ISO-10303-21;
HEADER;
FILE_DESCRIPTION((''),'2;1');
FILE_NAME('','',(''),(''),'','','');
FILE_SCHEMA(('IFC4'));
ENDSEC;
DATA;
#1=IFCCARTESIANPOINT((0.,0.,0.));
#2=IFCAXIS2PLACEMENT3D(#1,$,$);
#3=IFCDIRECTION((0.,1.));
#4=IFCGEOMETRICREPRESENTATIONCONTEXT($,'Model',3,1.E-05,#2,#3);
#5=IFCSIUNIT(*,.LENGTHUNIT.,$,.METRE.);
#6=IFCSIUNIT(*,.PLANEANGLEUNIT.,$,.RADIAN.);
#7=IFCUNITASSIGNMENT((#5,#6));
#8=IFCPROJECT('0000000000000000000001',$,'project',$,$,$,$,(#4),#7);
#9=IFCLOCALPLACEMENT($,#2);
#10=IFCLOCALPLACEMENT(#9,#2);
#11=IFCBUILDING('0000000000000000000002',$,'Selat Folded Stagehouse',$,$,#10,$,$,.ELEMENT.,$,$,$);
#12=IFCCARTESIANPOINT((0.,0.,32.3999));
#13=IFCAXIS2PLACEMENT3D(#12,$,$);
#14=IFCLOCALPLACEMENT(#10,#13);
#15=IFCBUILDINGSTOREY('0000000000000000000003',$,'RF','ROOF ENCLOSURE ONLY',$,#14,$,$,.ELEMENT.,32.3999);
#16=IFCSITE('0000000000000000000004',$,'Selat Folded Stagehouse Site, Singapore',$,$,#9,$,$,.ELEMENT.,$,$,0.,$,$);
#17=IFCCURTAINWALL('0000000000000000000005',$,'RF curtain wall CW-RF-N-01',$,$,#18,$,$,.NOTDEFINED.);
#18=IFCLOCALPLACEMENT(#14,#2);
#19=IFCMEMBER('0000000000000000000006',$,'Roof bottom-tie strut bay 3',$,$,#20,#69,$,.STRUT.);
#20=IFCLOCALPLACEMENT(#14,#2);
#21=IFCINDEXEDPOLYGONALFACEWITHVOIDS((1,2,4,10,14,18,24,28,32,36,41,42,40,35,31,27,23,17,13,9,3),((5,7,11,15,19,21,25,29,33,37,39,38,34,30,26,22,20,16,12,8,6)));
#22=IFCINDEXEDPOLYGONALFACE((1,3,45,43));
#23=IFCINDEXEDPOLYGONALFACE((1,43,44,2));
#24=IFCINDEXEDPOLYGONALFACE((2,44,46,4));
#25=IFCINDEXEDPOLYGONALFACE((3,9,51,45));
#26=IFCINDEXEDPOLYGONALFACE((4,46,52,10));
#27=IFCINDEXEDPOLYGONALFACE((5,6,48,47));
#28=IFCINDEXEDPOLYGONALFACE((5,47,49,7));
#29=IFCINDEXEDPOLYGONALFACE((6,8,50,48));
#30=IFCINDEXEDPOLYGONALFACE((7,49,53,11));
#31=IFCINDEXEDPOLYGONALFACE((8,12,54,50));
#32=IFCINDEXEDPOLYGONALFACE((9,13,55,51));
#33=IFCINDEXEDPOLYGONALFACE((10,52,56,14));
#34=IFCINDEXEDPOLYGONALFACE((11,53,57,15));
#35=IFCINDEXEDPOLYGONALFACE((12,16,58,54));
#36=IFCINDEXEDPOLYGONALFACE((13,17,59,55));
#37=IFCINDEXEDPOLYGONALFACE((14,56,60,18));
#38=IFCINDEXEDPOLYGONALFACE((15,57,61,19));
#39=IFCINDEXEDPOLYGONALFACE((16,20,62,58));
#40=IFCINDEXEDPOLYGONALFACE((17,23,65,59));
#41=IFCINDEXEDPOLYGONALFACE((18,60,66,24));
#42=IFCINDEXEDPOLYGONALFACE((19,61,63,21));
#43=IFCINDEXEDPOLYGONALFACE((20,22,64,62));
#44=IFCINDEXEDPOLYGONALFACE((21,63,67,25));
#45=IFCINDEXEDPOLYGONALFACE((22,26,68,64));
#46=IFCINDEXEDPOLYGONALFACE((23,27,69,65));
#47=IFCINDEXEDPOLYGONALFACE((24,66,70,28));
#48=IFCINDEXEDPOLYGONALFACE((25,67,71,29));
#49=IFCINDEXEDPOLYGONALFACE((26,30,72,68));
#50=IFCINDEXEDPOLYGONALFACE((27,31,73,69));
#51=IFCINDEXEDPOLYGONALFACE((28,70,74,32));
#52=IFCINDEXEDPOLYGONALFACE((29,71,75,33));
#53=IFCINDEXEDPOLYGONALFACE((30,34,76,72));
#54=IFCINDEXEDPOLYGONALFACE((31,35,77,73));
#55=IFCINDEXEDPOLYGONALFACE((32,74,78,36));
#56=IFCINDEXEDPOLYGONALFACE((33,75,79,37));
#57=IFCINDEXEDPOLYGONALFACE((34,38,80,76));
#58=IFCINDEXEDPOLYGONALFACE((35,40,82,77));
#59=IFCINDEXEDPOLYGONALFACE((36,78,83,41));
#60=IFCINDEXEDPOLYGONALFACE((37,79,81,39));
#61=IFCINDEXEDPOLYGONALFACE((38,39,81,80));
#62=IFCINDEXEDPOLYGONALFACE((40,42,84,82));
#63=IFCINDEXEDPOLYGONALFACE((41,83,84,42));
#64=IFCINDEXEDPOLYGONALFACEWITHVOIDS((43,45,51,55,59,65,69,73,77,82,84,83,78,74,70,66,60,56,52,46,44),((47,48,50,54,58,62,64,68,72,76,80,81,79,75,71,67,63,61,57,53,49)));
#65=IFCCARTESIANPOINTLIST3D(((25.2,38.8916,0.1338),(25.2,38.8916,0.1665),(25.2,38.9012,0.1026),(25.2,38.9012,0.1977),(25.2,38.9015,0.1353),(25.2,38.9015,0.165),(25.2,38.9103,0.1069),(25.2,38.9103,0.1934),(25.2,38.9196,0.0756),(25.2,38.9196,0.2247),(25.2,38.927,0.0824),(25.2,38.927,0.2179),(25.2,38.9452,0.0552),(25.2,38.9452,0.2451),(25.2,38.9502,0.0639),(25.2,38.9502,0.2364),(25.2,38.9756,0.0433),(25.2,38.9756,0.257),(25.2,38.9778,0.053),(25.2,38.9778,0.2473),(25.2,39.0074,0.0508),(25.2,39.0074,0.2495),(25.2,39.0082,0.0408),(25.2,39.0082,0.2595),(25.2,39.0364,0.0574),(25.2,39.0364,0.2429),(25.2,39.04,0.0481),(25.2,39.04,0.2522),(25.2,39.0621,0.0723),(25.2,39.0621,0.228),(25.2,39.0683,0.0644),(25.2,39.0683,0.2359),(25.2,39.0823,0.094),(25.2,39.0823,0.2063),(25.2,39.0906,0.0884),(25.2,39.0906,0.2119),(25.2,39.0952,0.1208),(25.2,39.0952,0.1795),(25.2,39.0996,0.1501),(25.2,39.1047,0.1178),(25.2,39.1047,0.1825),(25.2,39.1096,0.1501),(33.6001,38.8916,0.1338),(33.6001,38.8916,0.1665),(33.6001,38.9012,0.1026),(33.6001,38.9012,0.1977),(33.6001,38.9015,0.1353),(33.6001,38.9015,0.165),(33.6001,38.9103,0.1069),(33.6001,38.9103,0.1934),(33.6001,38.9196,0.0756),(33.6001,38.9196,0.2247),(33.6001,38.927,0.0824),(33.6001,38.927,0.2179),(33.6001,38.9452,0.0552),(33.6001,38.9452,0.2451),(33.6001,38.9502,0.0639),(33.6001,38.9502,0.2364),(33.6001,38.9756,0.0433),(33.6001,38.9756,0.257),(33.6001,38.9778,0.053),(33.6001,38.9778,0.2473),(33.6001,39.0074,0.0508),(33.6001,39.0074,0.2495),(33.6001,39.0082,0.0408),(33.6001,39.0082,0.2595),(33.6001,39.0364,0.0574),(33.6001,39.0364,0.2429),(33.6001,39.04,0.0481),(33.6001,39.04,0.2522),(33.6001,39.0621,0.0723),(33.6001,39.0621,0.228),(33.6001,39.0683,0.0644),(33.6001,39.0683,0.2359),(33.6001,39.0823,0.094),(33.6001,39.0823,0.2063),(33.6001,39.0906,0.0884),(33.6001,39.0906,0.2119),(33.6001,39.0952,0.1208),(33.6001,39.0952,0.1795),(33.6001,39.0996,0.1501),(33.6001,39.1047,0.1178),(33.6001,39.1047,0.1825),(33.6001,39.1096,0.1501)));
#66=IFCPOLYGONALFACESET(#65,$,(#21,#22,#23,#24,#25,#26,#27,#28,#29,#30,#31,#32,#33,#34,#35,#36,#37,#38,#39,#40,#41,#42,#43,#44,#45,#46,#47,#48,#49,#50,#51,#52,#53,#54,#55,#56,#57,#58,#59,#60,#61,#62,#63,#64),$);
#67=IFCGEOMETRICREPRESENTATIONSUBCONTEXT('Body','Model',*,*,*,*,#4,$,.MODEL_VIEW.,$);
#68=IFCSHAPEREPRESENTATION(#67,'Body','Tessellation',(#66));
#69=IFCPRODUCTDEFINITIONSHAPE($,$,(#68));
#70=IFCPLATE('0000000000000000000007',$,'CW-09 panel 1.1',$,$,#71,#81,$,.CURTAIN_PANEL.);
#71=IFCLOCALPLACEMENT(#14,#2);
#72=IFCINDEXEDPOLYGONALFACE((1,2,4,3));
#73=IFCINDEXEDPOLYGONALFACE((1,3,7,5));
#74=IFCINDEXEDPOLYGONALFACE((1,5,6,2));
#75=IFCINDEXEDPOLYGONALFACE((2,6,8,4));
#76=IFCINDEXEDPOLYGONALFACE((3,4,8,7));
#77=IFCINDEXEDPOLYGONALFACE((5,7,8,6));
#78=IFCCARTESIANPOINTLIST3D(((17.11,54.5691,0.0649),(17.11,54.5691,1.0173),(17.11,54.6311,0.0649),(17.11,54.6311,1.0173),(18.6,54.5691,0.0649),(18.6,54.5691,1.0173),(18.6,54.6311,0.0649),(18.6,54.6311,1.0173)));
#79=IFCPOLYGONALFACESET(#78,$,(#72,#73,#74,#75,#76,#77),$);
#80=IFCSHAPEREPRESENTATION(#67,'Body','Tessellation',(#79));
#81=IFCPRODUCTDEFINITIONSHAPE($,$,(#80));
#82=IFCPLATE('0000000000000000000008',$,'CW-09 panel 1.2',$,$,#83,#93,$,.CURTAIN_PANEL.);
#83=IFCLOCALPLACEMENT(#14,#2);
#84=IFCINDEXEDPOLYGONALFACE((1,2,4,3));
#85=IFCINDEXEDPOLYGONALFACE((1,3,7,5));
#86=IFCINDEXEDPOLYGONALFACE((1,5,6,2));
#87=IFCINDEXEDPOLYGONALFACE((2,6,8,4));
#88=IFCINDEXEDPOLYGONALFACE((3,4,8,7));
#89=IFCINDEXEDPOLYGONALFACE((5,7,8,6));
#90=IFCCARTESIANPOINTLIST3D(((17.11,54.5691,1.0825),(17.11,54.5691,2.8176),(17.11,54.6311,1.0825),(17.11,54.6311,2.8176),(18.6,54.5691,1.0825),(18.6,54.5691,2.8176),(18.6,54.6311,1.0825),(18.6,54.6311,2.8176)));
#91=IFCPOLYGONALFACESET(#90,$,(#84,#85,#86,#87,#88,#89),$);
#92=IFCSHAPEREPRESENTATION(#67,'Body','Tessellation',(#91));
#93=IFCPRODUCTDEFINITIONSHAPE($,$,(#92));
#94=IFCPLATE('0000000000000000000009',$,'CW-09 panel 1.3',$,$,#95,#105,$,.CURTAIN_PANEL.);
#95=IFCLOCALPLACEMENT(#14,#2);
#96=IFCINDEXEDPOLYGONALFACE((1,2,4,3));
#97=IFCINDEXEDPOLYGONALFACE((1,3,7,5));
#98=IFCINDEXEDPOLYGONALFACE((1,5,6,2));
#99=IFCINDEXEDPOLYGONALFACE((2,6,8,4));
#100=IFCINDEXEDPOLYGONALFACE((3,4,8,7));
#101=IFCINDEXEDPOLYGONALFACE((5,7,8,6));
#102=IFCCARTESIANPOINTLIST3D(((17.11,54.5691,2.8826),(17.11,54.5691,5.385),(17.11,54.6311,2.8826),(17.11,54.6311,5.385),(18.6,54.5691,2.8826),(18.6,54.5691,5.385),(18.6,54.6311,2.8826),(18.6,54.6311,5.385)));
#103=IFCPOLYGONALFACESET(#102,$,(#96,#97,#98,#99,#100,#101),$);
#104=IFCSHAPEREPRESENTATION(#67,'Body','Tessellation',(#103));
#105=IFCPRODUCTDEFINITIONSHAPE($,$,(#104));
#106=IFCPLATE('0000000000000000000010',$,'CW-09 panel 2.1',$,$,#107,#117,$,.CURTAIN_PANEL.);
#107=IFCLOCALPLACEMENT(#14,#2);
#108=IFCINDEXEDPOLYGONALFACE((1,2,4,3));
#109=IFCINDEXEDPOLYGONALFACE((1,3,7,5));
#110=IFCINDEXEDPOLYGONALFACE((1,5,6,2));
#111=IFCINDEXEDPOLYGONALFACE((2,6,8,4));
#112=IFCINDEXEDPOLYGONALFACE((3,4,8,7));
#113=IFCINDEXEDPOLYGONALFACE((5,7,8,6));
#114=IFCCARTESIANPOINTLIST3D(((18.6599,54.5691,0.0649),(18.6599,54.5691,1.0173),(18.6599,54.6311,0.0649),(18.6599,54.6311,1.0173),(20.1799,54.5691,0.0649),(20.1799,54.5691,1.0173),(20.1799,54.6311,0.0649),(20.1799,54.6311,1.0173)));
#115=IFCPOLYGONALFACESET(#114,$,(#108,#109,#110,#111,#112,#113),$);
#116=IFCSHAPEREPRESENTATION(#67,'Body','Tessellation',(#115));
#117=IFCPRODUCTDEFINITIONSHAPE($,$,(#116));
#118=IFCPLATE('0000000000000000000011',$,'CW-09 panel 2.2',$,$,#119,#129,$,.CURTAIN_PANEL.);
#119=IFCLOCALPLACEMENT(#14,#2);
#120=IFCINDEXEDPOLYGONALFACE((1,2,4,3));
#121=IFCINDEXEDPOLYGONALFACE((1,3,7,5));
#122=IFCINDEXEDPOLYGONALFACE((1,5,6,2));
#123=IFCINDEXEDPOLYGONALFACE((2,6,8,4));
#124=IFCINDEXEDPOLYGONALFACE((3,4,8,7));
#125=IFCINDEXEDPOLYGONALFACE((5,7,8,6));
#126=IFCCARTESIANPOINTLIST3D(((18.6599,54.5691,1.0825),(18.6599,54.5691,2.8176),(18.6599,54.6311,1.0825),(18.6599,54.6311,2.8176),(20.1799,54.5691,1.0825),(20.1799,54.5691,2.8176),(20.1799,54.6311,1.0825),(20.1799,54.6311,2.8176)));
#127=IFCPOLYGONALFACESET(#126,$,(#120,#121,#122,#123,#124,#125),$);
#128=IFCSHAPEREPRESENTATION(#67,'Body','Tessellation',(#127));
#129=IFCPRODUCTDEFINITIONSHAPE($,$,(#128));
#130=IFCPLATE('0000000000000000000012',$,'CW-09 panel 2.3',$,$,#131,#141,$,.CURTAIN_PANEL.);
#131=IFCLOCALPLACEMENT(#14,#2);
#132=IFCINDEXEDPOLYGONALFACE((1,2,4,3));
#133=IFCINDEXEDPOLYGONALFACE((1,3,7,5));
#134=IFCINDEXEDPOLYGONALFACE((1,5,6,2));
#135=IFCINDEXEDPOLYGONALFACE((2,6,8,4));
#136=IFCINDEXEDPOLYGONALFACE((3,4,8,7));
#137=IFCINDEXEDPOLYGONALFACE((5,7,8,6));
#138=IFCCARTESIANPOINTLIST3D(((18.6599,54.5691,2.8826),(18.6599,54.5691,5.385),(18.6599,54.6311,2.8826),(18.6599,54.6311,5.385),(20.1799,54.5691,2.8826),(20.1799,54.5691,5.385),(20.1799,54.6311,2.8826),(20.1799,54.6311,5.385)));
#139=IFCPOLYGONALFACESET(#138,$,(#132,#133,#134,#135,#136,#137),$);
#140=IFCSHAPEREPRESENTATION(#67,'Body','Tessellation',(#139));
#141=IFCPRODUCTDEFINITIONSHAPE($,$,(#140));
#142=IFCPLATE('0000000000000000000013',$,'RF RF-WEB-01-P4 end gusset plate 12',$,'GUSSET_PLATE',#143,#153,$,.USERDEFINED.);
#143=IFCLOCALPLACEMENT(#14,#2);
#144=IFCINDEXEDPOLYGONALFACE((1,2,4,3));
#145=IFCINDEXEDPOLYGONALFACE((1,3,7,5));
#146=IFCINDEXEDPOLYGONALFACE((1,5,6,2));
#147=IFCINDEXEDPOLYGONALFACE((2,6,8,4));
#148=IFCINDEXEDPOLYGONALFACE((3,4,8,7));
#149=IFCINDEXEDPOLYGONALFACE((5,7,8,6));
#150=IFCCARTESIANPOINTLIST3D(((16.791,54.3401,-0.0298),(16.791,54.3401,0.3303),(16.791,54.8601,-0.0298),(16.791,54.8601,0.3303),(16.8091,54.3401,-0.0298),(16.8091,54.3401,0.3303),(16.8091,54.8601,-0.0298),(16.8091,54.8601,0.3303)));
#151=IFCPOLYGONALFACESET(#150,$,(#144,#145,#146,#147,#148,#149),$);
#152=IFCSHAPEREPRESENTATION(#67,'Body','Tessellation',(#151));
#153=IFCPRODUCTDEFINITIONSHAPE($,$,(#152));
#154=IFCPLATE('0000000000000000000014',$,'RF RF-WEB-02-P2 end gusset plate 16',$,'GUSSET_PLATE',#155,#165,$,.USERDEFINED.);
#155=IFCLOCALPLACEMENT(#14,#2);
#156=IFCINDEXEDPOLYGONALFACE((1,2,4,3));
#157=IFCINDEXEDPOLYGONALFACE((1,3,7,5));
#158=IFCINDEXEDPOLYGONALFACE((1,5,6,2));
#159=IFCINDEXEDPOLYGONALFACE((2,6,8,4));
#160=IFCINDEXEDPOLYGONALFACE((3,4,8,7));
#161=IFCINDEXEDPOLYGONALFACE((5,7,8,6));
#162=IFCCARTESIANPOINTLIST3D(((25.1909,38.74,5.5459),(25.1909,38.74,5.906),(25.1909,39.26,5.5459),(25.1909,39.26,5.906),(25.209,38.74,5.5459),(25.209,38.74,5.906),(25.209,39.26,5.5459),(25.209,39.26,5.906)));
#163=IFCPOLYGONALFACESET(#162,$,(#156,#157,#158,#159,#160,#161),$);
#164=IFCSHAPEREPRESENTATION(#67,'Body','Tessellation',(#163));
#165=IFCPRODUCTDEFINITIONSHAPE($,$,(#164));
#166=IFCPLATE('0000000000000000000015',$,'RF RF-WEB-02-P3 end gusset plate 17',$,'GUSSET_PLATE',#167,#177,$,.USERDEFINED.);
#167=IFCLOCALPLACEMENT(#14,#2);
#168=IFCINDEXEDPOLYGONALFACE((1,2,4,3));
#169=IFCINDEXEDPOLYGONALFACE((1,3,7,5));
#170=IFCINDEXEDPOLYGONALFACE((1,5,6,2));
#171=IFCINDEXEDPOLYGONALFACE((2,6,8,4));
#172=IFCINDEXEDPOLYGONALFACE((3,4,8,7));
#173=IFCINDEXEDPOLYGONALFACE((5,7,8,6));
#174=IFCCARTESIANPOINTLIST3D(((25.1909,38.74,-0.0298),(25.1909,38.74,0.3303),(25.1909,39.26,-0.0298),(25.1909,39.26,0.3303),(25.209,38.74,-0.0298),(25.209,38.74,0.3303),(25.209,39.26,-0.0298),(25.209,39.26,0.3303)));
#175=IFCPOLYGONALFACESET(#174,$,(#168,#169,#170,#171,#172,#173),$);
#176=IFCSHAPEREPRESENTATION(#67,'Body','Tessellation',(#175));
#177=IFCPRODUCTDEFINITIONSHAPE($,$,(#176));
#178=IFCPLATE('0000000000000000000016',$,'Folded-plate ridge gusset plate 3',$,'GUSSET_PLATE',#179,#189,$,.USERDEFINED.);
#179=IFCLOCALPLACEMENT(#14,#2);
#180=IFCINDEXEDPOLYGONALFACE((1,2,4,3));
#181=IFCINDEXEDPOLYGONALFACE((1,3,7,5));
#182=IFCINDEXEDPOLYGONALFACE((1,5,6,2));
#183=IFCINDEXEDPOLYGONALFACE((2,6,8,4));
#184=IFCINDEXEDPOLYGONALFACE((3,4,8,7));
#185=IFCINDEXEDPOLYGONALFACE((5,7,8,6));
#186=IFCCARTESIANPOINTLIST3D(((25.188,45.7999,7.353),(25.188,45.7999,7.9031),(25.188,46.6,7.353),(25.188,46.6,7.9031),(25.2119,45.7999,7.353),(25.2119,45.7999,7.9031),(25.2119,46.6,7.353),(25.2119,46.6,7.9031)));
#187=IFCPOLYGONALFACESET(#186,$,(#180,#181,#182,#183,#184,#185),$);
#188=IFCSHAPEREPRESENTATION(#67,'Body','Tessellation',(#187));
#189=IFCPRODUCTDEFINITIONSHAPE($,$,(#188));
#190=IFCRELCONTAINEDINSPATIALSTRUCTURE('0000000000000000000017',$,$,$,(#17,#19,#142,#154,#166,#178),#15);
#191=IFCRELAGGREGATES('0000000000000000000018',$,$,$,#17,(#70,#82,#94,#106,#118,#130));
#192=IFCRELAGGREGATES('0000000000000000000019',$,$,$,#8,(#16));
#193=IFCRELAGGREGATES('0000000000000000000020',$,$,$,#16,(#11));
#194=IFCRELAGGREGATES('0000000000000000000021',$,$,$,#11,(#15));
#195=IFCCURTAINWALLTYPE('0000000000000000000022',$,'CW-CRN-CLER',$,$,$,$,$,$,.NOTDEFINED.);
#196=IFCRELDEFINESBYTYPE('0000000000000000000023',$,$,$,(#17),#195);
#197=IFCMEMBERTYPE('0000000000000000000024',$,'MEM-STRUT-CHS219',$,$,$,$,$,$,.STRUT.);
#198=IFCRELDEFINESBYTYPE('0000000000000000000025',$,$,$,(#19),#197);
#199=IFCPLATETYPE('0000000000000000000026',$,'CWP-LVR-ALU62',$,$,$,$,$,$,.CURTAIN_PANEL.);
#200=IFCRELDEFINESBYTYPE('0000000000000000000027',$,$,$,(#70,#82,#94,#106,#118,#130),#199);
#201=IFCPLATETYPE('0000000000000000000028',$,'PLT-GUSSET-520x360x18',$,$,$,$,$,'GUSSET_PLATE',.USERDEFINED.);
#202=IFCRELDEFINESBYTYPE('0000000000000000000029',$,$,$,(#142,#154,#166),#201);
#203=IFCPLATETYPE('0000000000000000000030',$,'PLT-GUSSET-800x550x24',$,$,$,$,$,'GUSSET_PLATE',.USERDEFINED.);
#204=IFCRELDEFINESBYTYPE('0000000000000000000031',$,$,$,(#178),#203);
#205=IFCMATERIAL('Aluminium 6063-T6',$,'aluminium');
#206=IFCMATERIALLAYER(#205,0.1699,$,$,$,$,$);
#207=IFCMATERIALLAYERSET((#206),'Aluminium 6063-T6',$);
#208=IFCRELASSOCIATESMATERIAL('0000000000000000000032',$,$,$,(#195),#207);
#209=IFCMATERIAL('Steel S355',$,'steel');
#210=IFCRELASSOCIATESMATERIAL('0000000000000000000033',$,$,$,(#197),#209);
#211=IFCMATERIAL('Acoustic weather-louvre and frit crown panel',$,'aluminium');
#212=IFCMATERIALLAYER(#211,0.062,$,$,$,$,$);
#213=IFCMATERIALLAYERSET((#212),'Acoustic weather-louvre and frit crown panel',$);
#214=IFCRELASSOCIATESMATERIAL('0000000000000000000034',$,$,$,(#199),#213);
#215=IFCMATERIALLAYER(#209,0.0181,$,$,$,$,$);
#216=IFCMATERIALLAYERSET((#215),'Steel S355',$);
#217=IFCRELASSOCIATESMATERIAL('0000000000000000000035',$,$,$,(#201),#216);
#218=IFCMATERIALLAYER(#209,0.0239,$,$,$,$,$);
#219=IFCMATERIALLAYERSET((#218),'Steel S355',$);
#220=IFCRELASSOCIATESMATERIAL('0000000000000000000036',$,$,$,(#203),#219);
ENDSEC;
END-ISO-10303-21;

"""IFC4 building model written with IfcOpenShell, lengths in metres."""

from ifc_helpers import new_model, si_unit, direction, frame, origin, origin_2d, place, context, subcontext, project, spatial, rectangle, hollow_circle, extrude, material, layer, layer_set, material_profile, profile_set, type_object, element, aggregate, save


model = new_model("IFC4")

# Units and contexts
model_context = context("Model", 3, precision=1e-05, world=origin(), true_north=direction((0.0, 1.0)))
body_context = subcontext(model_context, "Body", "Model", "MODEL_VIEW")
ifc_project = project(units=[si_unit("LENGTHUNIT", "METRE"), si_unit("PLANEANGLEUNIT", "RADIAN")], contexts=[model_context])

# Site, building, storey
site_placement = place(None, origin())
site = spatial("IfcSite", under=ifc_project, at=site_placement, Name="Selat Folded Stagehouse Site, Singapore", CompositionType="ELEMENT", RefElevation=0.0)
building_placement = place(site_placement, origin())
building = spatial("IfcBuilding", under=site, at=building_placement, Name="Selat Folded Stagehouse", CompositionType="ELEMENT")
storey_placement = place(building_placement, frame((0.0, 0.0, 32.3999)))
storey = spatial("IfcBuildingStorey", under=building, at=storey_placement, Name="RF", Description="ROOF ENCLOSURE ONLY", CompositionType="ELEMENT", Elevation=32.3999)

# Shared definitions
ifc_material_1 = material(Name="Steel S355", Category="steel")

# Curtain wall
ifc_material_2 = material(Name="Aluminium 6063-T6", Category="aluminium")
ifc_layer_1 = layer(ifc_material_2, 0.1699)
ifc_layer_set_1 = layer_set([ifc_layer_1], Name="Aluminium 6063-T6")
curtain_wall_type = type_object("IfcCurtainWallType", Name="CW-CRN-CLER", PredefinedType="NOTDEFINED", material=ifc_layer_set_1)
curtain_wall_placement = place(storey_placement, origin())
curtain_wall = element("IfcCurtainWall", 1, at=curtain_wall_placement, inside=storey, type_object=curtain_wall_type, Name="RF curtain wall CW-RF-N-01", PredefinedType="NOTDEFINED")

# Member
ifc_material_profile_1 = material_profile(ifc_material_1, hollow_circle(Radius=0.1096, WallThickness=0.01, at=origin_2d()), Name="CHS 219.1x10.0")
ifc_profile_set_1 = profile_set([ifc_material_profile_1], Name="Steel S355")
member_type_1 = type_object("IfcMemberType", Name="MEM-STRUT-CHS219", PredefinedType="STRUT", material=ifc_profile_set_1)
member_1_placement = place(storey_placement, frame((25.2, 39.0, 0.1501), z_axis=(1.0, 0.0, 0.0), x_axis=(0.0, 1.0, 0.0)))
element("IfcMember", 2, at=member_1_placement, inside=storey, type_object=member_type_1, Name="Roof bottom-tie strut bay 3", PredefinedType="STRUT", context=body_context, shape_type="SweptSolid", body=[
    extrude(hollow_circle(Radius=0.1096, WallThickness=0.01, at=origin_2d()), origin(), (0.0, 0.0, 1.0), 8.4001),
])

# Plates
ifc_material_3 = material(Name="Acoustic weather-louvre and frit crown panel", Category="aluminium")
ifc_layer_2 = layer(ifc_material_3, 0.062)
ifc_layer_set_2 = layer_set([ifc_layer_2], Name="Acoustic weather-louvre and frit crown panel")
plate_type_1 = type_object("IfcPlateType", Name="CWP-LVR-ALU62", PredefinedType="CURTAIN_PANEL", material=ifc_layer_set_2)
plate_1_placement = place(storey_placement, frame((17.855, 54.6001, 0.0649), z_axis=(0.0, 0.0, 1.0), x_axis=(1.0, 0.0, 0.0)))
plate_1 = element("IfcPlate", 3, at=plate_1_placement, type_object=plate_type_1, Name="CW-09 panel 1.1", PredefinedType="CURTAIN_PANEL", context=body_context, shape_type="SweptSolid", body=[
    extrude(rectangle(XDim=1.49, YDim=0.062, at=origin_2d()), origin(), (0.0, 0.0, 1.0), 0.9524),
])
plate_2_placement = place(storey_placement, frame((17.855, 54.6001, 1.0825), z_axis=(0.0, 0.0, 1.0), x_axis=(1.0, 0.0, 0.0)))
plate_2 = element("IfcPlate", 4, at=plate_2_placement, type_object=plate_type_1, Name="CW-09 panel 1.2", PredefinedType="CURTAIN_PANEL", context=body_context, shape_type="SweptSolid", body=[
    extrude(rectangle(XDim=1.49, YDim=0.062, at=origin_2d()), origin(), (0.0, 0.0, 1.0), 1.7351),
])
plate_3_placement = place(storey_placement, frame((17.855, 54.6001, 2.8826), z_axis=(0.0, 0.0, 1.0), x_axis=(1.0, 0.0, 0.0)))
plate_3 = element("IfcPlate", 5, at=plate_3_placement, type_object=plate_type_1, Name="CW-09 panel 1.3", PredefinedType="CURTAIN_PANEL", context=body_context, shape_type="SweptSolid", body=[
    extrude(rectangle(XDim=1.49, YDim=0.062, at=origin_2d()), origin(), (0.0, 0.0, 1.0), 2.5024),
])
plate_4_placement = place(storey_placement, frame((19.4199, 54.6001, 0.0649), z_axis=(0.0, 0.0, 1.0), x_axis=(1.0, 0.0, 0.0)))
plate_4 = element("IfcPlate", 6, at=plate_4_placement, type_object=plate_type_1, Name="CW-09 panel 2.1", PredefinedType="CURTAIN_PANEL", context=body_context, shape_type="SweptSolid", body=[
    extrude(rectangle(XDim=1.52, YDim=0.062, at=origin_2d()), origin(), (0.0, 0.0, 1.0), 0.9524),
])
plate_5_placement = place(storey_placement, frame((19.4199, 54.6001, 1.0825), z_axis=(0.0, 0.0, 1.0), x_axis=(1.0, 0.0, 0.0)))
plate_5 = element("IfcPlate", 7, at=plate_5_placement, type_object=plate_type_1, Name="CW-09 panel 2.2", PredefinedType="CURTAIN_PANEL", context=body_context, shape_type="SweptSolid", body=[
    extrude(rectangle(XDim=1.52, YDim=0.062, at=origin_2d()), origin(), (0.0, 0.0, 1.0), 1.7351),
])
plate_6_placement = place(storey_placement, frame((19.4199, 54.6001, 2.8826), z_axis=(0.0, 0.0, 1.0), x_axis=(1.0, 0.0, 0.0)))
plate_6 = element("IfcPlate", 8, at=plate_6_placement, type_object=plate_type_1, Name="CW-09 panel 2.3", PredefinedType="CURTAIN_PANEL", context=body_context, shape_type="SweptSolid", body=[
    extrude(rectangle(XDim=1.52, YDim=0.062, at=origin_2d()), origin(), (0.0, 0.0, 1.0), 2.5024),
])
aggregate(curtain_wall, [plate_1, plate_2, plate_3, plate_4, plate_5, plate_6])

# Plates
ifc_layer_3 = layer(ifc_material_1, 0.0181)
ifc_layer_set_3 = layer_set([ifc_layer_3], Name="Steel S355")
plate_type_2 = type_object("IfcPlateType", Name="PLT-GUSSET-520x360x18", ElementType="GUSSET_PLATE", PredefinedType="USERDEFINED", material=ifc_layer_set_3)
for number, where, z_axis, x_axis, name in (
    (9, (16.8, 54.6001, -0.0298), (0.0, 0.0, 1.0), (0.0, 1.0, 0.0), "RF RF-WEB-01-P4 end gusset plate 12"),
    (10, (25.2, 39.0, 5.5459), (0.0, 0.0, 1.0), (0.0, 1.0, 0.0), "RF RF-WEB-02-P2 end gusset plate 16"),
    (11, (25.2, 39.0, -0.0298), (0.0, 0.0, 1.0), (0.0, 1.0, 0.0), "RF RF-WEB-02-P3 end gusset plate 17"),
):
    element("IfcPlate", number, at=place(storey_placement, frame(where, z_axis=z_axis, x_axis=x_axis)), inside=storey, type_object=plate_type_2, Name=name, ObjectType="GUSSET_PLATE", PredefinedType="USERDEFINED", context=body_context, shape_type="SweptSolid", body=[
        extrude(rectangle(XDim=0.52, YDim=0.0181, at=origin_2d()), origin(), (0.0, 0.0, 1.0), 0.3601),
    ])
ifc_layer_4 = layer(ifc_material_1, 0.0239)
ifc_layer_set_4 = layer_set([ifc_layer_4], Name="Steel S355")
plate_type_3 = type_object("IfcPlateType", Name="PLT-GUSSET-800x550x24", ElementType="GUSSET_PLATE", PredefinedType="USERDEFINED", material=ifc_layer_set_4)
plate_7_placement = place(storey_placement, frame((25.2, 46.2, 7.353), z_axis=(0.0, 0.0, 1.0), x_axis=(1.0, 0.0, 0.0)))
element("IfcPlate", 12, at=plate_7_placement, inside=storey, type_object=plate_type_3, Name="Folded-plate ridge gusset plate 3", ObjectType="GUSSET_PLATE", PredefinedType="USERDEFINED", context=body_context, shape_type="SweptSolid", body=[
    extrude(rectangle(XDim=0.0239, YDim=0.8, at=origin_2d()), origin(), (0.0, 0.0, 1.0), 0.55),
])

save(model, "model.ifc")
